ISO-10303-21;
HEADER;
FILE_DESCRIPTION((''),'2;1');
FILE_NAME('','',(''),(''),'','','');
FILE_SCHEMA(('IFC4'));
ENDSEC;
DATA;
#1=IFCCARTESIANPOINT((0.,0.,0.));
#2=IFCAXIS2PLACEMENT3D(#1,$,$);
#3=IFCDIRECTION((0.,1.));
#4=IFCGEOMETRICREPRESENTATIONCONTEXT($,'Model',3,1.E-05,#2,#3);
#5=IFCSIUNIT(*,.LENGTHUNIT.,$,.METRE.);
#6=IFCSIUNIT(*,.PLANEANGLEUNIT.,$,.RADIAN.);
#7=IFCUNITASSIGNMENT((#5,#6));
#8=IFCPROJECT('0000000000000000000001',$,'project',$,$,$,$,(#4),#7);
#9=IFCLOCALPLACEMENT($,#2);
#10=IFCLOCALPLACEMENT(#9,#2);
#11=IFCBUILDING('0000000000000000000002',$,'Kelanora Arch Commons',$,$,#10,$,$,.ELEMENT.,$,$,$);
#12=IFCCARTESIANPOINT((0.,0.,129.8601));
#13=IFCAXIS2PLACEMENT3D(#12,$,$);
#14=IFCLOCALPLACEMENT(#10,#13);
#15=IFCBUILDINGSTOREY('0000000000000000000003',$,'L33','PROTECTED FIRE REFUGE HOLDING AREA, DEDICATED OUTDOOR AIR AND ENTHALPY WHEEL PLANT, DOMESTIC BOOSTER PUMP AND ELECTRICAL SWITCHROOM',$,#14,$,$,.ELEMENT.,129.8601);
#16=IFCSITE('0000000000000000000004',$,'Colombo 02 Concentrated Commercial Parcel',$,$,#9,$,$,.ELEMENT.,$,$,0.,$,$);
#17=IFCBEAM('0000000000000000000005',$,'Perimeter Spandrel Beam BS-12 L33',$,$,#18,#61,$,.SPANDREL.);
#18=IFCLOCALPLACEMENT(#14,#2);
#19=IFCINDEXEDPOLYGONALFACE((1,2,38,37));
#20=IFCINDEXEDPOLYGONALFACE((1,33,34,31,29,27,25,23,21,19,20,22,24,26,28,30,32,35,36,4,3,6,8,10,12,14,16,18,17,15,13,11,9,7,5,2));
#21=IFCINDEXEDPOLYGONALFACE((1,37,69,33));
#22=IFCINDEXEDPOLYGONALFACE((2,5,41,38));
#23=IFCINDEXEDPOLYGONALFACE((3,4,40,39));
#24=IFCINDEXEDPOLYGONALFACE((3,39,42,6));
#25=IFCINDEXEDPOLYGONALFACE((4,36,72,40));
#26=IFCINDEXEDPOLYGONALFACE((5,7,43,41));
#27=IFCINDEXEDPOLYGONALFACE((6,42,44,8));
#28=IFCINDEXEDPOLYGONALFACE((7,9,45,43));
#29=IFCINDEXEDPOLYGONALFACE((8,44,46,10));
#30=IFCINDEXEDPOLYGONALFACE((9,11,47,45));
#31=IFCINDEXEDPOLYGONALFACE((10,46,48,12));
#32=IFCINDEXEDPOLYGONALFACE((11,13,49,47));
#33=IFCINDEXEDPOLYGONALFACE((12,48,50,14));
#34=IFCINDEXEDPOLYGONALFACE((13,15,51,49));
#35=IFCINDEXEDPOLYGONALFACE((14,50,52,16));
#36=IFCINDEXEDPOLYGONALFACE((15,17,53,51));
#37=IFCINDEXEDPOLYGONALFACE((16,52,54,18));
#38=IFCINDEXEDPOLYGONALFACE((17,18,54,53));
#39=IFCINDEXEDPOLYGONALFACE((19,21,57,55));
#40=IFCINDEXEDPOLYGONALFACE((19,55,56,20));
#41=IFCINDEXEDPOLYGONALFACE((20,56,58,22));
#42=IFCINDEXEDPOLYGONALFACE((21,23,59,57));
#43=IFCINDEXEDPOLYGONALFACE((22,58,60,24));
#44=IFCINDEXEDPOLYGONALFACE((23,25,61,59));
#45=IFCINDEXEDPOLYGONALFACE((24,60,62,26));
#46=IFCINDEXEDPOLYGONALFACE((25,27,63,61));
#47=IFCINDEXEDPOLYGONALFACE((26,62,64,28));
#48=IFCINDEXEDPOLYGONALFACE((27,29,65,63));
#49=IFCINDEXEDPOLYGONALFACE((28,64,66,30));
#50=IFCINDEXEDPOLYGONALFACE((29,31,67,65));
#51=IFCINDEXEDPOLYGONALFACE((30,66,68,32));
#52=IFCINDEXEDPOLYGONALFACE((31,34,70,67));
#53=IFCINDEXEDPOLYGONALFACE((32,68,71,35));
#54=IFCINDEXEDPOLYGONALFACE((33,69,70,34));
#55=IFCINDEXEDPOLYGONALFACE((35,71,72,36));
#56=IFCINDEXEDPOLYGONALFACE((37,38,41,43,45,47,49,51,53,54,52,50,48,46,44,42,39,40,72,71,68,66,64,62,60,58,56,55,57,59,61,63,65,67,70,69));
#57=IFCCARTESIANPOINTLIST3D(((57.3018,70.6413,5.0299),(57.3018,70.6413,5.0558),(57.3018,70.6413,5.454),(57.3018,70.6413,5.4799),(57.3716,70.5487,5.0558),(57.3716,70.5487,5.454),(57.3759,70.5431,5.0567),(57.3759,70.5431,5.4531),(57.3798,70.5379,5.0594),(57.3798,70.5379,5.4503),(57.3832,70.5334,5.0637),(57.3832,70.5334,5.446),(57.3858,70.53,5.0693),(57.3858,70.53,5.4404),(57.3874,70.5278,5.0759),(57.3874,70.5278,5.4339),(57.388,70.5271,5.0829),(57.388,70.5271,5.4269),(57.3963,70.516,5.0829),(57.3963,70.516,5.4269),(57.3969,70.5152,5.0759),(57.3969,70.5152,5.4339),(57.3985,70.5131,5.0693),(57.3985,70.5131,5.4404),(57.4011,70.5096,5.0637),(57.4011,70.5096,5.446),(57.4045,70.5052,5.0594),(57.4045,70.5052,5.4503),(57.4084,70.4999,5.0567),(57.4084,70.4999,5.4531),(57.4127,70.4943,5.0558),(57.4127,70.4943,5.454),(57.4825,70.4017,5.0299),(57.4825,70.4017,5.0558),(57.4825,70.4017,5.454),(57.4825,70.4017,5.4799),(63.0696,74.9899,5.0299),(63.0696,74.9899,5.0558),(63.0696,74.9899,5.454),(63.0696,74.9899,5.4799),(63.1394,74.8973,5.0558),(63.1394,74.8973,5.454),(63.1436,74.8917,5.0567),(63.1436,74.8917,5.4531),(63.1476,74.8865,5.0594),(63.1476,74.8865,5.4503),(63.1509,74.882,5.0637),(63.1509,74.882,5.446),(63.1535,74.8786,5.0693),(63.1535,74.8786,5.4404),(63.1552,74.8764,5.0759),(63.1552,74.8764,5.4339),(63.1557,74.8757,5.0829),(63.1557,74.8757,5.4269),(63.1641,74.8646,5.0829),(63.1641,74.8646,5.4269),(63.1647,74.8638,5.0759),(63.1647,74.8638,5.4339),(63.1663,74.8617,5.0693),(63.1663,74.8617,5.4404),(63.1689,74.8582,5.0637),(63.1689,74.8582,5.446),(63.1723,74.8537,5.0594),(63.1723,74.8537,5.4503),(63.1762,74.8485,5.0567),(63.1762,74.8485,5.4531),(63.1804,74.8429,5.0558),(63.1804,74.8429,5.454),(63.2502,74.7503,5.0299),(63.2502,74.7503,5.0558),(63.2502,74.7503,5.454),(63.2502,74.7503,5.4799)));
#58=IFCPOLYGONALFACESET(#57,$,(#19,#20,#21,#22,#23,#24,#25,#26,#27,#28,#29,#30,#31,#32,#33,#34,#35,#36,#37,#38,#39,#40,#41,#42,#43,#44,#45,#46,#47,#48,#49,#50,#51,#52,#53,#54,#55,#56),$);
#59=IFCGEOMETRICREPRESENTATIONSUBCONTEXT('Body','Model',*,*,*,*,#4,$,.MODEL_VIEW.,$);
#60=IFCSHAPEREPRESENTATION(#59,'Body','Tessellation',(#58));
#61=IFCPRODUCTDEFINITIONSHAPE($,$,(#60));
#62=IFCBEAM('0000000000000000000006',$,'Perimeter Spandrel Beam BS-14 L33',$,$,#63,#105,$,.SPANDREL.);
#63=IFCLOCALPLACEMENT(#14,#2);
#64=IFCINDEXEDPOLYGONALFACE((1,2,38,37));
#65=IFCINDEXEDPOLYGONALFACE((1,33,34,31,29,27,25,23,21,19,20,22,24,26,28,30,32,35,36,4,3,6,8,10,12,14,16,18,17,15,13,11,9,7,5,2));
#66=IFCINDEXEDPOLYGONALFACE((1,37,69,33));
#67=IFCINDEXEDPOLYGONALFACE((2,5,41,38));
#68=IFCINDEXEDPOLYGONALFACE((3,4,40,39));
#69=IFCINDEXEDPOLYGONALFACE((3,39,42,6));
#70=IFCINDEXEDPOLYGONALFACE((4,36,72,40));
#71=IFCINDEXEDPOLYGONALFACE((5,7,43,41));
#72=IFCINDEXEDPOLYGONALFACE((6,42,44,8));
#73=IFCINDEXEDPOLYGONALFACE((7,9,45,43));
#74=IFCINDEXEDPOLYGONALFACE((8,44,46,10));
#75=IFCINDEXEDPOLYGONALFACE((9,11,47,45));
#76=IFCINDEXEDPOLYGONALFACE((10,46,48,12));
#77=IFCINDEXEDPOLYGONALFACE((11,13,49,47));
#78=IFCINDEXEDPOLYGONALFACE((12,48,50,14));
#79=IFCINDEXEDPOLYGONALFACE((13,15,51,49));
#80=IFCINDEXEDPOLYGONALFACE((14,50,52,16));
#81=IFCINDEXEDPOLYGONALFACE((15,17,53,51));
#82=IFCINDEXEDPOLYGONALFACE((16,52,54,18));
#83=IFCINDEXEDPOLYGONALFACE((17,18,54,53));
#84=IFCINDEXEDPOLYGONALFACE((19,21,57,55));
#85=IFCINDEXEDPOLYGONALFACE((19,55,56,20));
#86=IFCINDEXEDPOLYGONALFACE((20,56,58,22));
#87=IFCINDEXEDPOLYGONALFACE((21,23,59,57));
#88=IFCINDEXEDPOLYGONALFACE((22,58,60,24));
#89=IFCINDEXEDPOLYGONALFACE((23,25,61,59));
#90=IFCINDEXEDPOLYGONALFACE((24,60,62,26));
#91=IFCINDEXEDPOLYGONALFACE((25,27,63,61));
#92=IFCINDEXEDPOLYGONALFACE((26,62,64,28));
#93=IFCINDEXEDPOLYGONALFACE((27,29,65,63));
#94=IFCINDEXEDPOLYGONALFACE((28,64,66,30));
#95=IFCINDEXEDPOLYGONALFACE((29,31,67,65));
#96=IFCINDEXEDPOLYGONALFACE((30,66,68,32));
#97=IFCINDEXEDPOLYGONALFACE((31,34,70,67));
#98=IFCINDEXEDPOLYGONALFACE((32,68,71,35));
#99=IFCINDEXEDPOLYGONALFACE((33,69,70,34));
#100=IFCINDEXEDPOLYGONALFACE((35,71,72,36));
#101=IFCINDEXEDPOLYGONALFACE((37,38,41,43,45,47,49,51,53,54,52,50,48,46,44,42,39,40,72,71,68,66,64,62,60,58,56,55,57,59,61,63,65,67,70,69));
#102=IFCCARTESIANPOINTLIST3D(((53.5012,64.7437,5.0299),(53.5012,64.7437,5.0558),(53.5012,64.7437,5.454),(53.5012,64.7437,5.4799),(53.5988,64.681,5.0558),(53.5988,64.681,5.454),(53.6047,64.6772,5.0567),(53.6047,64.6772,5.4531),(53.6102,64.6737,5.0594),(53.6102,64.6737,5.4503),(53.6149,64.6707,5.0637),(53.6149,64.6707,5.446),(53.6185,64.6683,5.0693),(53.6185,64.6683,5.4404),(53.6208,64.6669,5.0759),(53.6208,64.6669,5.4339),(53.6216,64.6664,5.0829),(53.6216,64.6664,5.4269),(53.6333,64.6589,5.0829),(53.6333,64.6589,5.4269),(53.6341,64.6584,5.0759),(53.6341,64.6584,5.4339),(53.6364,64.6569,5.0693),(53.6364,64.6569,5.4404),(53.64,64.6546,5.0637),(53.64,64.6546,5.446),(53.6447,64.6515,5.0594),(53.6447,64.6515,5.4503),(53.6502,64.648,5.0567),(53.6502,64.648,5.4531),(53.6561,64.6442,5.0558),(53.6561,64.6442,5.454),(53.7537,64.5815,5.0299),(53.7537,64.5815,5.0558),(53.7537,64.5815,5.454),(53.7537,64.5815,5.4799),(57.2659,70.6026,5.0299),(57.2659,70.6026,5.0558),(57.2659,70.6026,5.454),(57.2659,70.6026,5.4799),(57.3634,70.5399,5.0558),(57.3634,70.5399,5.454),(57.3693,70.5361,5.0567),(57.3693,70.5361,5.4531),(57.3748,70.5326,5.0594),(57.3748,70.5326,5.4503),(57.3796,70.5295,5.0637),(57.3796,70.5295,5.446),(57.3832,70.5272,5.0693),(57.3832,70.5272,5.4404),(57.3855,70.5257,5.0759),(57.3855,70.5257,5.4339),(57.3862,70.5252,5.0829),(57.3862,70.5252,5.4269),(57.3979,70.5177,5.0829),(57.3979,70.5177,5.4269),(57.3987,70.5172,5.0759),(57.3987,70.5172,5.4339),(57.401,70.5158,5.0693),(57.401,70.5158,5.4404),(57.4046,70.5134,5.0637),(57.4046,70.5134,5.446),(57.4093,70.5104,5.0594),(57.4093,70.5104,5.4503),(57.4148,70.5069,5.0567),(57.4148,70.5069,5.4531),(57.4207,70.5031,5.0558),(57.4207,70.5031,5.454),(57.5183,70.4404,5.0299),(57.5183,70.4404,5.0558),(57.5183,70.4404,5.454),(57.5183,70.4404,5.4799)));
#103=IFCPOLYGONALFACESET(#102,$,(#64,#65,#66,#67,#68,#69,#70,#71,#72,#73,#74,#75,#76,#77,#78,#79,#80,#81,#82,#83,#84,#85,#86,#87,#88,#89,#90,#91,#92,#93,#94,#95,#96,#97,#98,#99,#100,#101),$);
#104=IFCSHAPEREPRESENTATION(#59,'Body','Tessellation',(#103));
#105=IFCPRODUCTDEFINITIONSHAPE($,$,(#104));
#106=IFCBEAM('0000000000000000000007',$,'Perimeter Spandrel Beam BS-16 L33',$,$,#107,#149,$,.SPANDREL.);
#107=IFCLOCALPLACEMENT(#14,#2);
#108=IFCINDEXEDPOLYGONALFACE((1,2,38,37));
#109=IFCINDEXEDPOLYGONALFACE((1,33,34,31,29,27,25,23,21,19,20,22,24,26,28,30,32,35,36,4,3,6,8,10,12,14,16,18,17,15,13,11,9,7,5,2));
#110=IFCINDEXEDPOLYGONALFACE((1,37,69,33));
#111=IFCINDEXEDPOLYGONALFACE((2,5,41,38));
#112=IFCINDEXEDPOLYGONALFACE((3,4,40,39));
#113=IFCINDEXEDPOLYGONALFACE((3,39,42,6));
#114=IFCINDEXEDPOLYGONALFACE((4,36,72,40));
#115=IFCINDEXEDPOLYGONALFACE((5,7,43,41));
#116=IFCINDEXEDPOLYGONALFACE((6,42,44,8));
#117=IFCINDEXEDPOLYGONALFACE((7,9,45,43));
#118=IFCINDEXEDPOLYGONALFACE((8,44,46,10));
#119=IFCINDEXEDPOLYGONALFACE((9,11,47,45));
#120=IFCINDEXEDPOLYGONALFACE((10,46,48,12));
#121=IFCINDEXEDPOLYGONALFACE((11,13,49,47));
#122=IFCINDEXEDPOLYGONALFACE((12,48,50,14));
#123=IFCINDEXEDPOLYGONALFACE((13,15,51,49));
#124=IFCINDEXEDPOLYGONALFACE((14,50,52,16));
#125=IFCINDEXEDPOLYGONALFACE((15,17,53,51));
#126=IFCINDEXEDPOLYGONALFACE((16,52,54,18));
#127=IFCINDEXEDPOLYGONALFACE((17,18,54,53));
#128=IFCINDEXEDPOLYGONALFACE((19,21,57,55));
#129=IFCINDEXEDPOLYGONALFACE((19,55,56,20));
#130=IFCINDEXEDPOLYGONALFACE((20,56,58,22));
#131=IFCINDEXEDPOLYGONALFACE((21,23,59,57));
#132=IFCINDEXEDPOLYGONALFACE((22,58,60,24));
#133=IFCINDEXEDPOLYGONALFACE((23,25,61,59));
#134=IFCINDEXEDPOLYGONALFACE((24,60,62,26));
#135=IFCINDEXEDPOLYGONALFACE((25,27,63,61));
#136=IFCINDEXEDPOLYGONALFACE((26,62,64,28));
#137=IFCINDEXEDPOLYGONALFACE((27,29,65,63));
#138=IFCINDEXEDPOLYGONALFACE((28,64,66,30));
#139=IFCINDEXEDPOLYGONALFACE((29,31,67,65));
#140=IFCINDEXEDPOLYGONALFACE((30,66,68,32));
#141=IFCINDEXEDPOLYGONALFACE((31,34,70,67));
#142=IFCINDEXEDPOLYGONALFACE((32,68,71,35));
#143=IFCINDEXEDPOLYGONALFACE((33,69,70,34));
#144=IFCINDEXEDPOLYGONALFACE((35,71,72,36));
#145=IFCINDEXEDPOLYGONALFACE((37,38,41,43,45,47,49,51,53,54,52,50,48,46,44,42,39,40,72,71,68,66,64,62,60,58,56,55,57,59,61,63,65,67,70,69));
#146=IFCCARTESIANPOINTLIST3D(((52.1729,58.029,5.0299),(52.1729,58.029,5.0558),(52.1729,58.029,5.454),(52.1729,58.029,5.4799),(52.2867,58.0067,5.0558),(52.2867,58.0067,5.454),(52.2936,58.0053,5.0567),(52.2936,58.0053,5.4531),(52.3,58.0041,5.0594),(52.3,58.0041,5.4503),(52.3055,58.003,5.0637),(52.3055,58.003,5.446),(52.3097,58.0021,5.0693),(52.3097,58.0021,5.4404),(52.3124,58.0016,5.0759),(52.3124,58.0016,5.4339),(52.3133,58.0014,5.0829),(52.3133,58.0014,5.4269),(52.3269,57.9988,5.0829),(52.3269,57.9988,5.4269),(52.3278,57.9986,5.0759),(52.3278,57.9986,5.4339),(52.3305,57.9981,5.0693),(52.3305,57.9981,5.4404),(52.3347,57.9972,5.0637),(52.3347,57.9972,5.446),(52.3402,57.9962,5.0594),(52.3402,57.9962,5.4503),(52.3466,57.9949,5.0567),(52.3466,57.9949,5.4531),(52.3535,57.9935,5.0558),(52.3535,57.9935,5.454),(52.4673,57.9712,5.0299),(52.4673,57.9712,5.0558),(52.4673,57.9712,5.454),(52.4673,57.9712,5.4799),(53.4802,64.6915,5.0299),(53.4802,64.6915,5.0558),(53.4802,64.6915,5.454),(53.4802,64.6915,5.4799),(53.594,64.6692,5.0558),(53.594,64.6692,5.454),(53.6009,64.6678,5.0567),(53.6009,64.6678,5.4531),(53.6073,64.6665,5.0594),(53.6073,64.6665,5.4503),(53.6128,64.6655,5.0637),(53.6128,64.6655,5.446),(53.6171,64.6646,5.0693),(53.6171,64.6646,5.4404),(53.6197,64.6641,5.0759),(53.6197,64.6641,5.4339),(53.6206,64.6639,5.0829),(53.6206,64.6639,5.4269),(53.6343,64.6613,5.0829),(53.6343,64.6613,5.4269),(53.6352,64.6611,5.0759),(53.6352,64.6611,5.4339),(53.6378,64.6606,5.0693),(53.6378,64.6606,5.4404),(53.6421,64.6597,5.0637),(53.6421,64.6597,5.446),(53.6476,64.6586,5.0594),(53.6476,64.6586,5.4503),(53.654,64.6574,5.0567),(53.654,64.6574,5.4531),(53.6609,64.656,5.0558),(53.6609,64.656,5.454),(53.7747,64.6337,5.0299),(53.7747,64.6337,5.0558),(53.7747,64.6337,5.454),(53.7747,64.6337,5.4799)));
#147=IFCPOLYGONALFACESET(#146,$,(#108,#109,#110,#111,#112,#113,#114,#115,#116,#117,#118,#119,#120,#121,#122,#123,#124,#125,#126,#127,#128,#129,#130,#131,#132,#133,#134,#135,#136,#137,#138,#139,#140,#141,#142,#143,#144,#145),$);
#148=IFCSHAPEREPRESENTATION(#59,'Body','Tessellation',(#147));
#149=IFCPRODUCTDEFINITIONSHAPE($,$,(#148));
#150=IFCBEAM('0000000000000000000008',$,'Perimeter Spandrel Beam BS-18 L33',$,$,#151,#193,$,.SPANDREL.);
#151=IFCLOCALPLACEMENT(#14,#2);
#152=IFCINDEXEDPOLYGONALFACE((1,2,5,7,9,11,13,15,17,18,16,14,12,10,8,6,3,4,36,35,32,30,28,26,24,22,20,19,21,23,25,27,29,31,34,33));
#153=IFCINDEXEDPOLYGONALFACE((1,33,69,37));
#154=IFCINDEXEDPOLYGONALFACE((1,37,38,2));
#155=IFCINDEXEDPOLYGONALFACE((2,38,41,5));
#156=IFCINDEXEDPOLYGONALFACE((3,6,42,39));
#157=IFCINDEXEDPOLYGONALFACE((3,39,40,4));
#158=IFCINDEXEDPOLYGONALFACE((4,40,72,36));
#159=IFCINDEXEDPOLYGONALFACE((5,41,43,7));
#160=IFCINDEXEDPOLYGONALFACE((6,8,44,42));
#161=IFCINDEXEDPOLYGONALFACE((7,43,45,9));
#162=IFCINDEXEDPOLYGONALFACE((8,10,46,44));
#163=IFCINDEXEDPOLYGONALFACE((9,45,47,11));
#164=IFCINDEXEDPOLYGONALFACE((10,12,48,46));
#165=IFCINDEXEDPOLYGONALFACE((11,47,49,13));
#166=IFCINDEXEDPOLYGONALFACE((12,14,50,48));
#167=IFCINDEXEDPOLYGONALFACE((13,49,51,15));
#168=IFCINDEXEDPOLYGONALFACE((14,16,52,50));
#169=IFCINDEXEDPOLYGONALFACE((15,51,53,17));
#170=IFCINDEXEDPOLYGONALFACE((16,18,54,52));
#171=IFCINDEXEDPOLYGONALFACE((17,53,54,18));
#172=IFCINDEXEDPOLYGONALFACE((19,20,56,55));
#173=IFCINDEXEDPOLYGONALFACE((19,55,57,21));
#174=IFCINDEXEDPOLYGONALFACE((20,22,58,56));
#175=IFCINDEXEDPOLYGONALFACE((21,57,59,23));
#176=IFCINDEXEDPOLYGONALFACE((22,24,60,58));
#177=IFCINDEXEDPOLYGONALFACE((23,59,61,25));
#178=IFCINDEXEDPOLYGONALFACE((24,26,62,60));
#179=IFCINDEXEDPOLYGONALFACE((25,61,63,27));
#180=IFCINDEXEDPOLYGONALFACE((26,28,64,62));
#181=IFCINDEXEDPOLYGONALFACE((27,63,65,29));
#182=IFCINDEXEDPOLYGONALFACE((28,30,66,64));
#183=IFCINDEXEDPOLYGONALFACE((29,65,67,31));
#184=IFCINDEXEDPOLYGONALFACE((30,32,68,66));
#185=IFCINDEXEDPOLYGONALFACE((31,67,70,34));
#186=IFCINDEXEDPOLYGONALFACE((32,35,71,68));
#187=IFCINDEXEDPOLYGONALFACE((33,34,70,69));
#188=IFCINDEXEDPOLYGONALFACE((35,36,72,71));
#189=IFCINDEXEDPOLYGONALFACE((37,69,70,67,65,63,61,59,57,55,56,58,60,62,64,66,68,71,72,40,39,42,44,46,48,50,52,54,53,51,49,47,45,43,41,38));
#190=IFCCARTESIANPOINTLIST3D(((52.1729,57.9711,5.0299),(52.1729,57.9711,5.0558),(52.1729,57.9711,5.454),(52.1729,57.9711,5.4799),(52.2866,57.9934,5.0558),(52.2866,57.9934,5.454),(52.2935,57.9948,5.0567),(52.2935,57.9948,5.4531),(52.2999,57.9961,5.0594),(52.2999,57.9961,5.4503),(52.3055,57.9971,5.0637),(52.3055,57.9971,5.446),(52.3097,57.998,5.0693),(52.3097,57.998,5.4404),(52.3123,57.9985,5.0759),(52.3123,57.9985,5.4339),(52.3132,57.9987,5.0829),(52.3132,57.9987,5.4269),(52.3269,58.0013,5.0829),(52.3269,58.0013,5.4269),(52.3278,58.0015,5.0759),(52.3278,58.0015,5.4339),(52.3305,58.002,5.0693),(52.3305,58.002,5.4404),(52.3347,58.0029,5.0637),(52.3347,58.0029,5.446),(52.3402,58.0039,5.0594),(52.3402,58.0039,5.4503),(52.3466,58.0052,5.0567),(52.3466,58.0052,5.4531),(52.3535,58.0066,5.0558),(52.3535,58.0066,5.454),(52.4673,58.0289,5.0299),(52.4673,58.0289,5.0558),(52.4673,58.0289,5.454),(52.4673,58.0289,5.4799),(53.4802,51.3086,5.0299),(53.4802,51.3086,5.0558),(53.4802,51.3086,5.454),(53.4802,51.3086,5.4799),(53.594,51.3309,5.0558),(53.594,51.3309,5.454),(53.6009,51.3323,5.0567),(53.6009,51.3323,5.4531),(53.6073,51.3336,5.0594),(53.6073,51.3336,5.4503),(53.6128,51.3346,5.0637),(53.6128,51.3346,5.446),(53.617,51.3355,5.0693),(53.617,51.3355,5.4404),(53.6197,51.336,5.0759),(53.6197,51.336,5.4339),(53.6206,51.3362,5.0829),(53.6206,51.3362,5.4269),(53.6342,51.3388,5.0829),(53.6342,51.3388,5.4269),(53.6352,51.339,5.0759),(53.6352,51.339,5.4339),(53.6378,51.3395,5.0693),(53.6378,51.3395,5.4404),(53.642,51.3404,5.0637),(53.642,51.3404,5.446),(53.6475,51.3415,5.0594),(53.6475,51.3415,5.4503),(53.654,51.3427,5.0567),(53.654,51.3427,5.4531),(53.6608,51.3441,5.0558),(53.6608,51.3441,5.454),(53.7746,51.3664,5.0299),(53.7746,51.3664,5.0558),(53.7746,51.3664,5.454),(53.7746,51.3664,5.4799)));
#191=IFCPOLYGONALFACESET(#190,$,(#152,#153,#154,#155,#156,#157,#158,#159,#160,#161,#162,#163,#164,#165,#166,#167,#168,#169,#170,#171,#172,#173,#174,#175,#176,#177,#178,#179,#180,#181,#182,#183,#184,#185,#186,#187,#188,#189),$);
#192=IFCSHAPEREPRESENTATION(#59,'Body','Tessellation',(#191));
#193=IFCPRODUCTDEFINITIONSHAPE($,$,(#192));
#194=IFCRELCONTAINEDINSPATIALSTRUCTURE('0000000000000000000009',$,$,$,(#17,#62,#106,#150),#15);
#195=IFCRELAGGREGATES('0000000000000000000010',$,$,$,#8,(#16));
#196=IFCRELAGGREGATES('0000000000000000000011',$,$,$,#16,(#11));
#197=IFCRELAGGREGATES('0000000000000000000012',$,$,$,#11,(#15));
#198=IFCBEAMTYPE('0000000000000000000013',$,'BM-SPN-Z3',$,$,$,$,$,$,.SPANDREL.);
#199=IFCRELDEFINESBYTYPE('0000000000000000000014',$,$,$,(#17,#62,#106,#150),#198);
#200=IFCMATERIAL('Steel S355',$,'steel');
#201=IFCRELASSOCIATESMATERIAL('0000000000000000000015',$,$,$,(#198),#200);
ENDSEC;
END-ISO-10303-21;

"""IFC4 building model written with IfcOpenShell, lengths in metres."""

from ifc_helpers import new_model, si_unit, direction, frame, origin, origin_2d, place, context, subcontext, project, spatial, i_section, extrude, material, material_profile, profile_set, type_object, element, save


model = new_model("IFC4")

# Units and contexts
model_context = context("Model", 3, precision=1e-05, world=origin(), true_north=direction((0.0, 1.0)))
body_context = subcontext(model_context, "Body", "Model", "MODEL_VIEW")
ifc_project = project(units=[si_unit("LENGTHUNIT", "METRE"), si_unit("PLANEANGLEUNIT", "RADIAN")], contexts=[model_context])

# Site, building, storey
site_placement = place(None, origin())
site = spatial("IfcSite", under=ifc_project, at=site_placement, Name="Colombo 02 Concentrated Commercial Parcel", CompositionType="ELEMENT", RefElevation=0.0)
building_placement = place(site_placement, origin())
building = spatial("IfcBuilding", under=site, at=building_placement, Name="Kelanora Arch Commons", CompositionType="ELEMENT")
storey_placement = place(building_placement, frame((0.0, 0.0, 129.8601)))
storey = spatial("IfcBuildingStorey", under=building, at=storey_placement, Name="L33", Description="PROTECTED FIRE REFUGE HOLDING AREA, DEDICATED OUTDOOR AIR AND ENTHALPY WHEEL PLANT, DOMESTIC BOOSTER PUMP AND ELECTRICAL SWITCHROOM", CompositionType="ELEMENT", Elevation=129.8601)

# Beams
ifc_material_1 = material(Name="Steel S355", Category="steel")
ifc_material_profile_1 = material_profile(ifc_material_1, i_section(OverallWidth=0.3, OverallDepth=0.45, WebThickness=0.0139, FlangeThickness=0.0259, FilletRadius=0.0271, at=origin_2d()), Name="HEB450")
ifc_profile_set_1 = profile_set([ifc_material_profile_1], Name="Steel S355")
beam_type_1 = type_object("IfcBeamType", Name="BM-SPN-Z3", PredefinedType="SPANDREL", material=ifc_profile_set_1)
beam_1_placement = place(storey_placement, frame((63.1599, 74.8701, 5.2549), z_axis=(-0.798485, -0.602015, 0.0), x_axis=(0.602015, -0.798485, 0.0)))
element("IfcBeam", 1, at=beam_1_placement, inside=storey, type_object=beam_type_1, Name="Perimeter Spandrel Beam BS-12 L33", PredefinedType="SPANDREL", context=body_context, shape_type="SweptSolid", body=[
    extrude(i_section(OverallWidth=0.3, OverallDepth=0.45, WebThickness=0.0139, FlangeThickness=0.0259, FilletRadius=0.0271, at=origin_2d()), origin(), (0.0, 0.0, 1.0), 7.2234),
])
beam_2_placement = place(storey_placement, frame((57.3921, 70.5215, 5.2549), z_axis=(-0.540577, -0.841295, 0.0), x_axis=(0.841295, -0.540577, 0.0)))
element("IfcBeam", 2, at=beam_2_placement, inside=storey, type_object=beam_type_1, Name="Perimeter Spandrel Beam BS-14 L33", PredefinedType="SPANDREL", context=body_context, shape_type="SweptSolid", body=[
    extrude(i_section(OverallWidth=0.3, OverallDepth=0.45, WebThickness=0.0139, FlangeThickness=0.0259, FilletRadius=0.0271, at=origin_2d()), origin(), (0.0, 0.0, 1.0), 6.9641),
])
for number, where, z_axis, x_axis, name in (
    (3, (53.6274, 64.6626, 5.2549), (-0.192554, -0.981286, 0.0), (0.981286, -0.192554, 0.0), "Perimeter Spandrel Beam BS-16 L33"),
    (4, (52.3201, 58.0, 5.2549), (0.192554, -0.981286, 0.0), (0.981286, 0.192554, 0.0), "Perimeter Spandrel Beam BS-18 L33"),
):
    element("IfcBeam", number, at=place(storey_placement, frame(where, z_axis=z_axis, x_axis=x_axis)), inside=storey, type_object=beam_type_1, Name=name, PredefinedType="SPANDREL", context=body_context, shape_type="SweptSolid", body=[
        extrude(i_section(OverallWidth=0.3, OverallDepth=0.45, WebThickness=0.0139, FlangeThickness=0.0259, FilletRadius=0.0271, at=origin_2d()), origin(), (0.0, 0.0, 1.0), 6.7896),
    ])

save(model, "model.ifc")
